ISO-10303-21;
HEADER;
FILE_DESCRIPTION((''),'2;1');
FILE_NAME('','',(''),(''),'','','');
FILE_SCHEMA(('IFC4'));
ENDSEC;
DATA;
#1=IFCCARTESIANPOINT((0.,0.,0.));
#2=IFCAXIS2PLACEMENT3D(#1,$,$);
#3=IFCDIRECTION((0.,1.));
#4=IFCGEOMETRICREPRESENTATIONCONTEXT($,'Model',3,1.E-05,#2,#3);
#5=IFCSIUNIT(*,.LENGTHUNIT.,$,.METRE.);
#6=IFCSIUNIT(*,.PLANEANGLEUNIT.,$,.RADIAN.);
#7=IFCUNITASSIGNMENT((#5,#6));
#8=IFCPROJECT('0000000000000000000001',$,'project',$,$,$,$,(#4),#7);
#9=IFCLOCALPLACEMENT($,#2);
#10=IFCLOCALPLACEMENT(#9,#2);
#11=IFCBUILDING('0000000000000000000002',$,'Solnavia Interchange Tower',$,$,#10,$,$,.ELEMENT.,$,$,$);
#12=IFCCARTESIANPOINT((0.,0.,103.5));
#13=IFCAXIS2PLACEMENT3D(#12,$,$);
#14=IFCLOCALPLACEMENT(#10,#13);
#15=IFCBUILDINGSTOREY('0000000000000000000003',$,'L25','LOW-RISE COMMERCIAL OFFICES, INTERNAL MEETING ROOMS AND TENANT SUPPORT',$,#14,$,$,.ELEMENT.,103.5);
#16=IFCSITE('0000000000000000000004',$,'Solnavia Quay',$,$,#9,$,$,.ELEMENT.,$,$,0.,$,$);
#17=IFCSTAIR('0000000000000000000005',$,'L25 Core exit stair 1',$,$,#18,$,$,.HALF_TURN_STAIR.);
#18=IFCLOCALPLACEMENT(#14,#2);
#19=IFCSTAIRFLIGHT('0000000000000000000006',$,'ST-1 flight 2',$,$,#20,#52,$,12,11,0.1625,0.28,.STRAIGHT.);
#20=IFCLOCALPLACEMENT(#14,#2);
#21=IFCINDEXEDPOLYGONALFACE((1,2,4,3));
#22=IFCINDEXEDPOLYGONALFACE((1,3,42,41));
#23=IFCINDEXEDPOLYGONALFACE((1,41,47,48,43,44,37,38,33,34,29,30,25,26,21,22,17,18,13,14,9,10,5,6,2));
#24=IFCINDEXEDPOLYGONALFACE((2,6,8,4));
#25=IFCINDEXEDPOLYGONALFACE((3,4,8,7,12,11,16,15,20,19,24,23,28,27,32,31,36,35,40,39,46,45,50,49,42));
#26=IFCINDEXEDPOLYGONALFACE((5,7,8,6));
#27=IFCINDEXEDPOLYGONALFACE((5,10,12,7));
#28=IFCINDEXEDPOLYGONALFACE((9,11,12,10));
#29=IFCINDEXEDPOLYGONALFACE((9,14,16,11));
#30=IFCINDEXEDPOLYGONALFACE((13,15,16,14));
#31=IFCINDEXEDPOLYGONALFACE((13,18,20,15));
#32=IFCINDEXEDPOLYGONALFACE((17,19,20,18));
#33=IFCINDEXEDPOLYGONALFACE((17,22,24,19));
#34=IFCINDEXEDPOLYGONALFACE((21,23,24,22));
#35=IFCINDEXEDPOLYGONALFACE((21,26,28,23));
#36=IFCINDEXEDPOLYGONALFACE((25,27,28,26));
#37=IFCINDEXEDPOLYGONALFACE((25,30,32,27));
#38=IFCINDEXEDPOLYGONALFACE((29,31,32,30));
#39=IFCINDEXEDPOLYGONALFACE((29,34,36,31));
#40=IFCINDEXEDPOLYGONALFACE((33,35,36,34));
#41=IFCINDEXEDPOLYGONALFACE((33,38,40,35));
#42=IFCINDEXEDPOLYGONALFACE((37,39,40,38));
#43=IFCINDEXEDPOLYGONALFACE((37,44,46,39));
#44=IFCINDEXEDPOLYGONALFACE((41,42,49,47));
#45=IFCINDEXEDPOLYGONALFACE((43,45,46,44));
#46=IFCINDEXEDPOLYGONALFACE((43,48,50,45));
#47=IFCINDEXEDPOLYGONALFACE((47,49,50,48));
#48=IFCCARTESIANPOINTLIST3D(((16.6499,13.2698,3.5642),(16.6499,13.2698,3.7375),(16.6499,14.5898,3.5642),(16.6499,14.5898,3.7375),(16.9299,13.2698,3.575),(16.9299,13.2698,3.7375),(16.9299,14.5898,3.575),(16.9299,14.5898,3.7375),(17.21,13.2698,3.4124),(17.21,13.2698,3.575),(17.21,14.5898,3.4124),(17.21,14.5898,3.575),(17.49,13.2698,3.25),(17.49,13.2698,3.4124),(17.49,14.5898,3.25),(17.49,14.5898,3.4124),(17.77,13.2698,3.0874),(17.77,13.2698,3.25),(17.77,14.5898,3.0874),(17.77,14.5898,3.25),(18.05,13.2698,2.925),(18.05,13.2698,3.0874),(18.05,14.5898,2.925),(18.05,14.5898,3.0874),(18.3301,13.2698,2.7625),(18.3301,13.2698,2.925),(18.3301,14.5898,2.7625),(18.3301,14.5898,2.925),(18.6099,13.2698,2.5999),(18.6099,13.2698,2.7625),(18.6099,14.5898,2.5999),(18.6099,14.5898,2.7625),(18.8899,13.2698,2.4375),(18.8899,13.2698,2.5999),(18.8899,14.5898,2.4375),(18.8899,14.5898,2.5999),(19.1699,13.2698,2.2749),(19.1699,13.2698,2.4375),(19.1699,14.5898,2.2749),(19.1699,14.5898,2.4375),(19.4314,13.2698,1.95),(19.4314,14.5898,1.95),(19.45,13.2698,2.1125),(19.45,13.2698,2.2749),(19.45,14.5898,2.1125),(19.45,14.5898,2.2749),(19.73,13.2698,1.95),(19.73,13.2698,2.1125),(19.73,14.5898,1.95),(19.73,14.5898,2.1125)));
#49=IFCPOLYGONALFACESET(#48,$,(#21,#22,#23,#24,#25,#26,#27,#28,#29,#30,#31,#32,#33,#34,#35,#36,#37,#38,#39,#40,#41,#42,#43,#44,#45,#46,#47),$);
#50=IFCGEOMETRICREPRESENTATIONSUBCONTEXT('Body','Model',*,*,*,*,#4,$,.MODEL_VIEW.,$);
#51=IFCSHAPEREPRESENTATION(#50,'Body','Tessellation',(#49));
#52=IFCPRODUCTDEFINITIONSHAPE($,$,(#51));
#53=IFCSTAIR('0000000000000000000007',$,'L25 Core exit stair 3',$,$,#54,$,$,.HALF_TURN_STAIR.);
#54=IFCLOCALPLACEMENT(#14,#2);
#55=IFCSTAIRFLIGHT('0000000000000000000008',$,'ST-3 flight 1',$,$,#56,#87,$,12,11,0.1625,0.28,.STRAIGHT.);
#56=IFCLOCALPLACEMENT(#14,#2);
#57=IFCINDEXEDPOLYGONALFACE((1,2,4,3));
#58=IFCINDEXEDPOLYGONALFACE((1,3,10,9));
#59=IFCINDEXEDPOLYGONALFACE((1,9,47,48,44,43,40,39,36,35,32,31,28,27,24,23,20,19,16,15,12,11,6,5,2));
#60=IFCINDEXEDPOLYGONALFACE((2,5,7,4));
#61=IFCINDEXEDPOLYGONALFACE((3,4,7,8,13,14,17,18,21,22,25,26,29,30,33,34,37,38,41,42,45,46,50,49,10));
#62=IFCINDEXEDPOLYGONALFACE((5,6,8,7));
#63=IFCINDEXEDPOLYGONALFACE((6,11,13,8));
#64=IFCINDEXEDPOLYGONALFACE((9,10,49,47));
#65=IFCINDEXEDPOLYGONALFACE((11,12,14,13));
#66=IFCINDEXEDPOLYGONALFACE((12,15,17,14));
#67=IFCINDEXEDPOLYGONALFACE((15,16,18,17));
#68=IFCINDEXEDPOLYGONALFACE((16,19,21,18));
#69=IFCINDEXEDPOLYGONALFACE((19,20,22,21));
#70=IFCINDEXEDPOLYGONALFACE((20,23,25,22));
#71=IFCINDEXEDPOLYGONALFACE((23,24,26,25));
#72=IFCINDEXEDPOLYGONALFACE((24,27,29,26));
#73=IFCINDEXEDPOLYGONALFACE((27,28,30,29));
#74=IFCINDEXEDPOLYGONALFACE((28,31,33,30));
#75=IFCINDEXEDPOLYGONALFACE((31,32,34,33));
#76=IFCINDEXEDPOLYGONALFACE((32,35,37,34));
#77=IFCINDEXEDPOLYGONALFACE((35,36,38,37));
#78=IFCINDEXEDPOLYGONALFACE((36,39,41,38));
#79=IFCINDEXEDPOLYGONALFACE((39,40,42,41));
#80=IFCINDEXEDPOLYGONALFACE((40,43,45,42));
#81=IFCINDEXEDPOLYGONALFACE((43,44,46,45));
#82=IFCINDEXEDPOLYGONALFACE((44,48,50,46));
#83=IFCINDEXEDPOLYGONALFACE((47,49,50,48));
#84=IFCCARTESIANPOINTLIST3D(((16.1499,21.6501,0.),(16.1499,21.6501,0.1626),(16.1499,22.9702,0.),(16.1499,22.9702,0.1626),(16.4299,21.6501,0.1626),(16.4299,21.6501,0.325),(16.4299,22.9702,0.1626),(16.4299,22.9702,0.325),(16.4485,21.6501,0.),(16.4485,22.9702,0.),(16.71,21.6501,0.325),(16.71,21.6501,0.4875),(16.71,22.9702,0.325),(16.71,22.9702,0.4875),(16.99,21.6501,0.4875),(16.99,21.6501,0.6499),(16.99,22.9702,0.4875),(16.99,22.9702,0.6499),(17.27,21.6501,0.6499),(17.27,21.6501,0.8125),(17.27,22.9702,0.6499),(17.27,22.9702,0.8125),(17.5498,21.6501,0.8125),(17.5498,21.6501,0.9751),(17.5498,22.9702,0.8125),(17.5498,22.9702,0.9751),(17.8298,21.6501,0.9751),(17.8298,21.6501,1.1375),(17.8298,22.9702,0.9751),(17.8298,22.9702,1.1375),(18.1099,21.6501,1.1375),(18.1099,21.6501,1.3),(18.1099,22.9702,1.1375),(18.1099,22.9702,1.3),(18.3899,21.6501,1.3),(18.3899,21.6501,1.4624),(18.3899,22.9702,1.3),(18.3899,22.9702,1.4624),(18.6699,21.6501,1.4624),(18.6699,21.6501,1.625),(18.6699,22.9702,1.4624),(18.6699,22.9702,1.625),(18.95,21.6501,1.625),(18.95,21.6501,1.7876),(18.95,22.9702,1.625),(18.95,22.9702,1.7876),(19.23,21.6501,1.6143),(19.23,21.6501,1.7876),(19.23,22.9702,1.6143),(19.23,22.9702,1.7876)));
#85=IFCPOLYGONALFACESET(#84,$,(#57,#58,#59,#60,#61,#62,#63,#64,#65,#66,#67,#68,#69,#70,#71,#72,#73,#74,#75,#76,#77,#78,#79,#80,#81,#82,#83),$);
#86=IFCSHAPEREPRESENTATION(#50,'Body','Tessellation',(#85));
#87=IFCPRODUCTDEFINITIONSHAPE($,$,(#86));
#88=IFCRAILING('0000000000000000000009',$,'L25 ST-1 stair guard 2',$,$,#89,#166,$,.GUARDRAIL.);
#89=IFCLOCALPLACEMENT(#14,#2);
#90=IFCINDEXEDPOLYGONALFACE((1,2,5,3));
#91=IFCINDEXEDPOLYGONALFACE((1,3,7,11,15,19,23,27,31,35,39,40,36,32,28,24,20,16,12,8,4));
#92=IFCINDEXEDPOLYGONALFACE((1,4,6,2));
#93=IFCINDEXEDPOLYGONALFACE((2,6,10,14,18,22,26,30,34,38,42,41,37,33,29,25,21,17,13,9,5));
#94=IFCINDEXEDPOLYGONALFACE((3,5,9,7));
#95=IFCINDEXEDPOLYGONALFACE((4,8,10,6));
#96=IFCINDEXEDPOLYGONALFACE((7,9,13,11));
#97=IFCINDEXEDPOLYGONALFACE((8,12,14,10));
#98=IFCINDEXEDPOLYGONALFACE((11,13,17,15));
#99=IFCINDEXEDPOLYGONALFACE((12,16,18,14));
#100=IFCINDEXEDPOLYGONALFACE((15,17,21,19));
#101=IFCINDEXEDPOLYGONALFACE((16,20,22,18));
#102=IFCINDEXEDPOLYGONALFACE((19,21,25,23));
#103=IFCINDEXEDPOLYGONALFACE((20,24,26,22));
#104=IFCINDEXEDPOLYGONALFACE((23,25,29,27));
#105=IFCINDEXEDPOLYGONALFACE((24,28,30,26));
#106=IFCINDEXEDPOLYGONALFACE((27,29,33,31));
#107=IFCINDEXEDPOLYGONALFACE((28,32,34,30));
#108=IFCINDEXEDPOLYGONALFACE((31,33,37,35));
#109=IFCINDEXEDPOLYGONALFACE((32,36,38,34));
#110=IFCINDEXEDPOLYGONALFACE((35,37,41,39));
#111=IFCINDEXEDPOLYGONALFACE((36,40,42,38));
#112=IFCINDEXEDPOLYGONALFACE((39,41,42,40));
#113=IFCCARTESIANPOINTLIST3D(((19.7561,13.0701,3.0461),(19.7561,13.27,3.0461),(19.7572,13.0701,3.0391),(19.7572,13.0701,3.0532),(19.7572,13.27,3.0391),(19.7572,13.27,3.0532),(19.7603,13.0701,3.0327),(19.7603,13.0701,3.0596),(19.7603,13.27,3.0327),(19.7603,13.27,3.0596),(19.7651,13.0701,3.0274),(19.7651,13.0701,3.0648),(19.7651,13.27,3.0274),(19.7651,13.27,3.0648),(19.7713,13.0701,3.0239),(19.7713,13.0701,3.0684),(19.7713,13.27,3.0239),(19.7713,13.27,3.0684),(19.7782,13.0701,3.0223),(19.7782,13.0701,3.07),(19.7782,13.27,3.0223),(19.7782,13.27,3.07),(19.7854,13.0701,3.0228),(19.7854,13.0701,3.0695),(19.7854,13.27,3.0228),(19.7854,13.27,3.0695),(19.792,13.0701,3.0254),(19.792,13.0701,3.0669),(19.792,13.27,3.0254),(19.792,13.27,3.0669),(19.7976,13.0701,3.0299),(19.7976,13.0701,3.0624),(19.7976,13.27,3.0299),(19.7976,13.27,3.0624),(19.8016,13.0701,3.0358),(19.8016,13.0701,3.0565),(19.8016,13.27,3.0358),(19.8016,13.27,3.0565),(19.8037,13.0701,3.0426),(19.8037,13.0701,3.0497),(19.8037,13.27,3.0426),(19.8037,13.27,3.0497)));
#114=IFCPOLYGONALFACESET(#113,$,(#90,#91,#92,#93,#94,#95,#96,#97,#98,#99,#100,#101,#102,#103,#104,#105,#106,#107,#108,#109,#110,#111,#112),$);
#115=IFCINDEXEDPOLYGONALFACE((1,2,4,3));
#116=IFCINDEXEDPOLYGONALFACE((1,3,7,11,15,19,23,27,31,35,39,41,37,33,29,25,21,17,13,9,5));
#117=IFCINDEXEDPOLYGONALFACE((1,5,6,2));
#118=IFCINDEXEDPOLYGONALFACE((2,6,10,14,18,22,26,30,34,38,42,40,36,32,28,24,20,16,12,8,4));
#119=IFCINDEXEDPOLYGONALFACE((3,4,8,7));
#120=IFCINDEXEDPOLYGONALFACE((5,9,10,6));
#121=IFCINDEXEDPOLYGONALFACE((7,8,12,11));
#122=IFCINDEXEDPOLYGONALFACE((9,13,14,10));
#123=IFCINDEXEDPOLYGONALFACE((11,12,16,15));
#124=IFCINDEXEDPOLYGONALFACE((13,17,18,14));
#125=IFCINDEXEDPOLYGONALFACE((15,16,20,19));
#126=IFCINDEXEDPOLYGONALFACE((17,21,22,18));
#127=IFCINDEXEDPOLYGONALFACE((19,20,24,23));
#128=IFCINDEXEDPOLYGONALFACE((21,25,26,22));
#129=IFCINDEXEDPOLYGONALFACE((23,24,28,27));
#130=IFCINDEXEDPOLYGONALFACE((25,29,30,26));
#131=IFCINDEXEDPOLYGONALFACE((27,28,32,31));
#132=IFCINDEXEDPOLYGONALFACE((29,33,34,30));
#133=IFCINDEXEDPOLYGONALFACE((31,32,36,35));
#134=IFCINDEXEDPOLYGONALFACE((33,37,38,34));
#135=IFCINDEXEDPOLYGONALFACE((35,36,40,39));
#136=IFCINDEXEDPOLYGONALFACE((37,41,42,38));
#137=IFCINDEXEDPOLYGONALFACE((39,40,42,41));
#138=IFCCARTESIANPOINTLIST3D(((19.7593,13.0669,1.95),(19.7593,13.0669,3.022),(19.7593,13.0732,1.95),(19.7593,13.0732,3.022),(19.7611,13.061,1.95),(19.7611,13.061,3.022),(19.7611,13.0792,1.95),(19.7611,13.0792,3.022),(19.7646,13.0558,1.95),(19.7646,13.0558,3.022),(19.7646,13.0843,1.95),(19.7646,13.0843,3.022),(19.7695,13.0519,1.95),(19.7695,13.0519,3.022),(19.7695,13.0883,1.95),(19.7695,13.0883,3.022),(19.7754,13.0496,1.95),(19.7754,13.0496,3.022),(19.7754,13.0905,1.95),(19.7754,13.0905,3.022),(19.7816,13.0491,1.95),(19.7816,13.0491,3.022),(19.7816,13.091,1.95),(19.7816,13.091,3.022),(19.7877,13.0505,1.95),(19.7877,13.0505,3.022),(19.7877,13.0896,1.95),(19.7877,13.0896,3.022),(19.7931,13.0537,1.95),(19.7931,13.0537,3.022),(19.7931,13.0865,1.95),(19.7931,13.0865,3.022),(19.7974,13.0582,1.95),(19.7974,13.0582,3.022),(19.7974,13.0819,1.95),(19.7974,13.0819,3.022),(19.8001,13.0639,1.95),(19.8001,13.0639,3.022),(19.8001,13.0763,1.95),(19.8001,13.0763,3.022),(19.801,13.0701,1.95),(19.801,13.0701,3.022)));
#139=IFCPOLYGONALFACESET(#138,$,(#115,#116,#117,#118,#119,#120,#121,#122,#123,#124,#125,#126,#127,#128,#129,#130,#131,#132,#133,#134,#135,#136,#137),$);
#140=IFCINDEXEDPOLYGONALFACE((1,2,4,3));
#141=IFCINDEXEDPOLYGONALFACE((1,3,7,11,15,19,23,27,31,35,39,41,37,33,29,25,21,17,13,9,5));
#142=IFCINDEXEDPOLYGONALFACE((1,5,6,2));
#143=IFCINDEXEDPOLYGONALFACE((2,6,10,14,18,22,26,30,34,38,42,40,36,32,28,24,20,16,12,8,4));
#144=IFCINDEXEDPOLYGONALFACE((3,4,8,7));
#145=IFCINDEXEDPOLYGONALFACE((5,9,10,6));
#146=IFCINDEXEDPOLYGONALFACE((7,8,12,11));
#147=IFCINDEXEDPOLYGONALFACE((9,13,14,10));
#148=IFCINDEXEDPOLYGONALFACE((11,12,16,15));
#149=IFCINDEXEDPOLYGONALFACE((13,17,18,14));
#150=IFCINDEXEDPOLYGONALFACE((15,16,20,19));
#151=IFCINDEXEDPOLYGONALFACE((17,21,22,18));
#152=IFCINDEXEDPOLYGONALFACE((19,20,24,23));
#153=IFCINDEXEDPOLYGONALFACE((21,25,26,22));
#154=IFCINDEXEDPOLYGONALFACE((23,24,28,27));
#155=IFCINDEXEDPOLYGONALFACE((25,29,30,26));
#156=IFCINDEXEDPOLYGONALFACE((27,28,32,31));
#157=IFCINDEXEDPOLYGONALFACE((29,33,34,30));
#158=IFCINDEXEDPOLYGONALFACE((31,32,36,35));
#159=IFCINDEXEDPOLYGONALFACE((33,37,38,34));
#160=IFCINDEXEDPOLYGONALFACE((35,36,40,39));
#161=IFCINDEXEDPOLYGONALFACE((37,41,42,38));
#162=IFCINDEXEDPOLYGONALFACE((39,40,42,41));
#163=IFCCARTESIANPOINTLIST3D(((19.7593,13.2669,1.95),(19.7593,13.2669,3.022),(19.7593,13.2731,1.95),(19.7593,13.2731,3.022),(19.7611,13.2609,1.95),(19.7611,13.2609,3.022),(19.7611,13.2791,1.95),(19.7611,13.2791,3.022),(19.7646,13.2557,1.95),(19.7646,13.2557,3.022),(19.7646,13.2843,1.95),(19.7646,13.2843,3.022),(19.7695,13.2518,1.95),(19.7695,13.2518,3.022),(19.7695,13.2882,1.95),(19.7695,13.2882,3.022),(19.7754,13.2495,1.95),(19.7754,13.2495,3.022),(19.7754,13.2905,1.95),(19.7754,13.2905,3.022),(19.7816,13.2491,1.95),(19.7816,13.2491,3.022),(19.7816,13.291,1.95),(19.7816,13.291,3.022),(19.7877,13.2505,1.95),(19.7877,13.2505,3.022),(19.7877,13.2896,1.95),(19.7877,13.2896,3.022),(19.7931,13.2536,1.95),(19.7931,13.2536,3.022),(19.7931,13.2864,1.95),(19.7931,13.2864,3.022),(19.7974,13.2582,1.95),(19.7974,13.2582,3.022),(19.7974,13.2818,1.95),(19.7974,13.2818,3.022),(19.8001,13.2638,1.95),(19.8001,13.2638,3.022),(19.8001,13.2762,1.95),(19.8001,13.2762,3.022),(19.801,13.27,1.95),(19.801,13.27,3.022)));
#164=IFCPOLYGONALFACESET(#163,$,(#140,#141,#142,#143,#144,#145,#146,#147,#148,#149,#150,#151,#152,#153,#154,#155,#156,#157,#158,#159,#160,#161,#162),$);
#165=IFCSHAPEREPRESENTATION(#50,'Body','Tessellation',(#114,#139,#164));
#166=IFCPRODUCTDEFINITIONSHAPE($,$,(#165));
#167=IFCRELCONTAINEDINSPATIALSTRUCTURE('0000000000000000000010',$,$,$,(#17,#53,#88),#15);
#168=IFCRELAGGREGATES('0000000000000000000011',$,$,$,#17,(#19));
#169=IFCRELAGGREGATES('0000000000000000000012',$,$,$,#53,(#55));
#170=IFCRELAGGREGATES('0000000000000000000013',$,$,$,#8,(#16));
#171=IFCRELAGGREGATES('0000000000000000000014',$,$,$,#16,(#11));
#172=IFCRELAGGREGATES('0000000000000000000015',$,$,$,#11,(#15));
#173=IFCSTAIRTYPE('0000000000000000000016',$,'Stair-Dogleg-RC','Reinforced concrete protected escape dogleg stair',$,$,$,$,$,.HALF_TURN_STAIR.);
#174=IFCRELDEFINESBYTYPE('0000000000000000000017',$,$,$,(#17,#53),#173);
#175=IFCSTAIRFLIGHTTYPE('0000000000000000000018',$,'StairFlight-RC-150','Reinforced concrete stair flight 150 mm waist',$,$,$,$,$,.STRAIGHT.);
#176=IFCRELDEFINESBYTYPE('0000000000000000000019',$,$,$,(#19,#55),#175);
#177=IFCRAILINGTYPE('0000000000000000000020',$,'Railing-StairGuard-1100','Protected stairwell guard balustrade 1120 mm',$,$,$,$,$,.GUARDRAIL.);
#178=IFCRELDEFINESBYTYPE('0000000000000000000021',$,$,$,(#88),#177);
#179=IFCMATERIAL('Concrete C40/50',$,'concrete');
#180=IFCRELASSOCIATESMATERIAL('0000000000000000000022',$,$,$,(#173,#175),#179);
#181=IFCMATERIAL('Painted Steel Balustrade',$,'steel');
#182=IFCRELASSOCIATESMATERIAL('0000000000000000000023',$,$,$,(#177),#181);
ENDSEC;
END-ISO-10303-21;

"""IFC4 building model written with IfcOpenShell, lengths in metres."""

from ifc_helpers import new_model, si_unit, direction, frame, origin, origin_2d, place, context, subcontext, project, spatial, polyline, circle, outline, extrude, material, type_object, element, aggregate, save


model = new_model("IFC4")

# Units and contexts
model_context = context("Model", 3, precision=1e-05, world=origin(), true_north=direction((0.0, 1.0)))
body_context = subcontext(model_context, "Body", "Model", "MODEL_VIEW")
ifc_project = project(units=[si_unit("LENGTHUNIT", "METRE"), si_unit("PLANEANGLEUNIT", "RADIAN")], contexts=[model_context])

# Site, building, storey
site_placement = place(None, origin())
site = spatial("IfcSite", under=ifc_project, at=site_placement, Name="Solnavia Quay", CompositionType="ELEMENT", RefElevation=0.0)
building_placement = place(site_placement, origin())
building = spatial("IfcBuilding", under=site, at=building_placement, Name="Solnavia Interchange Tower", CompositionType="ELEMENT")
storey_placement = place(building_placement, frame((0.0, 0.0, 103.5)))
storey = spatial("IfcBuildingStorey", under=building, at=storey_placement, Name="L25", Description="LOW-RISE COMMERCIAL OFFICES, INTERNAL MEETING ROOMS AND TENANT SUPPORT", CompositionType="ELEMENT", Elevation=103.5)

# Shared definitions
ifc_material_1 = material(Name="Concrete C40/50", Category="concrete")

# Stairs, stair flights
stair_type = type_object("IfcStairType", Name="Stair-Dogleg-RC", Description="Reinforced concrete protected escape dogleg stair", PredefinedType="HALF_TURN_STAIR", material=ifc_material_1)
stair_1_placement = place(storey_placement, origin())
stair_1 = element("IfcStair", 1, at=stair_1_placement, inside=storey, type_object=stair_type, Name="L25 Core exit stair 1", PredefinedType="HALF_TURN_STAIR")
stair_flight_type = type_object("IfcStairFlightType", Name="StairFlight-RC-150", Description="Reinforced concrete stair flight 150 mm waist", PredefinedType="STRAIGHT", material=ifc_material_1)
stair_flight_1_placement = place(storey_placement, frame((19.73, 13.9299, 1.95), z_axis=(0.0, 0.0, 1.0), x_axis=(-1.0, 0.0, 0.0)))
stair_flight_1 = element("IfcStairFlight", 2, at=stair_flight_1_placement, type_object=stair_flight_type, Name="ST-1 flight 2", NumberOfRisers=12, NumberOfTreads=11, PredefinedType="STRAIGHT", RiserHeight=0.1625, TreadLength=0.28, context=body_context, shape_type="SweptSolid", body=[
    extrude(outline(polyline([(0.0, 0.0), (0.0, 0.1626), (0.28, 0.1626), (0.28, 0.325), (0.5601, 0.325), (0.5601, 0.4875), (0.8401, 0.4875), (0.8401, 0.6499), (1.1201, 0.6499), (1.1201, 0.8125), (1.3999, 0.8125), (1.3999, 0.9751), (1.6799, 0.9751), (1.6799, 1.1375), (1.96, 1.1375), (1.96, 1.3), (2.24, 1.3), (2.24, 1.4624), (2.52, 1.4624), (2.52, 1.625), (2.8, 1.625), (2.8, 1.7876), (3.0801, 1.7876), (3.0801, 1.95), (3.0801, 1.6143), (0.2986, 0.0), (0.0, 0.0)])), frame((0.0, 0.6602, 0.0), z_axis=(0.0, -1.0, 0.0), x_axis=(1.0, 0.0, 0.0)), (0.0, 0.0, 1.0), 1.3201),
])
aggregate(stair_1, [stair_flight_1])
stair_2_placement = place(storey_placement, origin())
stair_2 = element("IfcStair", 3, at=stair_2_placement, inside=storey, type_object=stair_type, Name="L25 Core exit stair 3", PredefinedType="HALF_TURN_STAIR")
stair_flight_2_placement = place(storey_placement, frame((16.1499, 22.3101, 0.0), z_axis=(0.0, 0.0, 1.0), x_axis=(1.0, 0.0, 0.0)))
stair_flight_2 = element("IfcStairFlight", 4, at=stair_flight_2_placement, type_object=stair_flight_type, Name="ST-3 flight 1", NumberOfRisers=12, NumberOfTreads=11, PredefinedType="STRAIGHT", RiserHeight=0.1625, TreadLength=0.28, context=body_context, shape_type="SweptSolid", body=[
    extrude(outline(polyline([(0.0, 0.0), (0.0, 0.1626), (0.28, 0.1626), (0.28, 0.325), (0.5601, 0.325), (0.5601, 0.4875), (0.8401, 0.4875), (0.8401, 0.6499), (1.1201, 0.6499), (1.1201, 0.8125), (1.3999, 0.8125), (1.3999, 0.9751), (1.6799, 0.9751), (1.6799, 1.1375), (1.96, 1.1375), (1.96, 1.3), (2.24, 1.3), (2.24, 1.4624), (2.52, 1.4624), (2.52, 1.625), (2.8, 1.625), (2.8, 1.7876), (3.0801, 1.7876), (3.0801, 1.95), (3.0801, 1.6143), (0.2986, 0.0), (0.0, 0.0)])), frame((0.0, 0.6602, 0.0), z_axis=(0.0, -1.0, 0.0), x_axis=(1.0, 0.0, 0.0)), (0.0, 0.0, 1.0), 1.3201),
])
aggregate(stair_2, [stair_flight_2])

# Railing
ifc_material_2 = material(Name="Painted Steel Balustrade", Category="steel")
railing_type_1 = type_object("IfcRailingType", Name="Railing-StairGuard-1100", Description="Protected stairwell guard balustrade 1120 mm", PredefinedType="GUARDRAIL", material=ifc_material_2)
railing_1_placement = place(storey_placement, frame((19.78, 13.0701, 1.95)))
element("IfcRailing", 5, at=railing_1_placement, inside=storey, type_object=railing_type_1, Name="L25 ST-1 stair guard 2", PredefinedType="GUARDRAIL", context=body_context, shape_type="SweptSolid", body=[
    extrude(circle(Radius=0.0239, at=origin_2d()), frame((0.0, 0.0, 1.0962), z_axis=(0.0, 1.0, 0.0), x_axis=(-1.0, 0.0, 0.0)), (0.0, 0.0, 1.0), 0.2),
    extrude(circle(Radius=0.021, at=origin_2d()), origin(), (0.0, 0.0, 1.0), 1.072),
    extrude(circle(Radius=0.021, at=origin_2d()), frame((0.0, 0.2, 0.0)), (0.0, 0.0, 1.0), 1.072),
])

save(model, "model.ifc")
